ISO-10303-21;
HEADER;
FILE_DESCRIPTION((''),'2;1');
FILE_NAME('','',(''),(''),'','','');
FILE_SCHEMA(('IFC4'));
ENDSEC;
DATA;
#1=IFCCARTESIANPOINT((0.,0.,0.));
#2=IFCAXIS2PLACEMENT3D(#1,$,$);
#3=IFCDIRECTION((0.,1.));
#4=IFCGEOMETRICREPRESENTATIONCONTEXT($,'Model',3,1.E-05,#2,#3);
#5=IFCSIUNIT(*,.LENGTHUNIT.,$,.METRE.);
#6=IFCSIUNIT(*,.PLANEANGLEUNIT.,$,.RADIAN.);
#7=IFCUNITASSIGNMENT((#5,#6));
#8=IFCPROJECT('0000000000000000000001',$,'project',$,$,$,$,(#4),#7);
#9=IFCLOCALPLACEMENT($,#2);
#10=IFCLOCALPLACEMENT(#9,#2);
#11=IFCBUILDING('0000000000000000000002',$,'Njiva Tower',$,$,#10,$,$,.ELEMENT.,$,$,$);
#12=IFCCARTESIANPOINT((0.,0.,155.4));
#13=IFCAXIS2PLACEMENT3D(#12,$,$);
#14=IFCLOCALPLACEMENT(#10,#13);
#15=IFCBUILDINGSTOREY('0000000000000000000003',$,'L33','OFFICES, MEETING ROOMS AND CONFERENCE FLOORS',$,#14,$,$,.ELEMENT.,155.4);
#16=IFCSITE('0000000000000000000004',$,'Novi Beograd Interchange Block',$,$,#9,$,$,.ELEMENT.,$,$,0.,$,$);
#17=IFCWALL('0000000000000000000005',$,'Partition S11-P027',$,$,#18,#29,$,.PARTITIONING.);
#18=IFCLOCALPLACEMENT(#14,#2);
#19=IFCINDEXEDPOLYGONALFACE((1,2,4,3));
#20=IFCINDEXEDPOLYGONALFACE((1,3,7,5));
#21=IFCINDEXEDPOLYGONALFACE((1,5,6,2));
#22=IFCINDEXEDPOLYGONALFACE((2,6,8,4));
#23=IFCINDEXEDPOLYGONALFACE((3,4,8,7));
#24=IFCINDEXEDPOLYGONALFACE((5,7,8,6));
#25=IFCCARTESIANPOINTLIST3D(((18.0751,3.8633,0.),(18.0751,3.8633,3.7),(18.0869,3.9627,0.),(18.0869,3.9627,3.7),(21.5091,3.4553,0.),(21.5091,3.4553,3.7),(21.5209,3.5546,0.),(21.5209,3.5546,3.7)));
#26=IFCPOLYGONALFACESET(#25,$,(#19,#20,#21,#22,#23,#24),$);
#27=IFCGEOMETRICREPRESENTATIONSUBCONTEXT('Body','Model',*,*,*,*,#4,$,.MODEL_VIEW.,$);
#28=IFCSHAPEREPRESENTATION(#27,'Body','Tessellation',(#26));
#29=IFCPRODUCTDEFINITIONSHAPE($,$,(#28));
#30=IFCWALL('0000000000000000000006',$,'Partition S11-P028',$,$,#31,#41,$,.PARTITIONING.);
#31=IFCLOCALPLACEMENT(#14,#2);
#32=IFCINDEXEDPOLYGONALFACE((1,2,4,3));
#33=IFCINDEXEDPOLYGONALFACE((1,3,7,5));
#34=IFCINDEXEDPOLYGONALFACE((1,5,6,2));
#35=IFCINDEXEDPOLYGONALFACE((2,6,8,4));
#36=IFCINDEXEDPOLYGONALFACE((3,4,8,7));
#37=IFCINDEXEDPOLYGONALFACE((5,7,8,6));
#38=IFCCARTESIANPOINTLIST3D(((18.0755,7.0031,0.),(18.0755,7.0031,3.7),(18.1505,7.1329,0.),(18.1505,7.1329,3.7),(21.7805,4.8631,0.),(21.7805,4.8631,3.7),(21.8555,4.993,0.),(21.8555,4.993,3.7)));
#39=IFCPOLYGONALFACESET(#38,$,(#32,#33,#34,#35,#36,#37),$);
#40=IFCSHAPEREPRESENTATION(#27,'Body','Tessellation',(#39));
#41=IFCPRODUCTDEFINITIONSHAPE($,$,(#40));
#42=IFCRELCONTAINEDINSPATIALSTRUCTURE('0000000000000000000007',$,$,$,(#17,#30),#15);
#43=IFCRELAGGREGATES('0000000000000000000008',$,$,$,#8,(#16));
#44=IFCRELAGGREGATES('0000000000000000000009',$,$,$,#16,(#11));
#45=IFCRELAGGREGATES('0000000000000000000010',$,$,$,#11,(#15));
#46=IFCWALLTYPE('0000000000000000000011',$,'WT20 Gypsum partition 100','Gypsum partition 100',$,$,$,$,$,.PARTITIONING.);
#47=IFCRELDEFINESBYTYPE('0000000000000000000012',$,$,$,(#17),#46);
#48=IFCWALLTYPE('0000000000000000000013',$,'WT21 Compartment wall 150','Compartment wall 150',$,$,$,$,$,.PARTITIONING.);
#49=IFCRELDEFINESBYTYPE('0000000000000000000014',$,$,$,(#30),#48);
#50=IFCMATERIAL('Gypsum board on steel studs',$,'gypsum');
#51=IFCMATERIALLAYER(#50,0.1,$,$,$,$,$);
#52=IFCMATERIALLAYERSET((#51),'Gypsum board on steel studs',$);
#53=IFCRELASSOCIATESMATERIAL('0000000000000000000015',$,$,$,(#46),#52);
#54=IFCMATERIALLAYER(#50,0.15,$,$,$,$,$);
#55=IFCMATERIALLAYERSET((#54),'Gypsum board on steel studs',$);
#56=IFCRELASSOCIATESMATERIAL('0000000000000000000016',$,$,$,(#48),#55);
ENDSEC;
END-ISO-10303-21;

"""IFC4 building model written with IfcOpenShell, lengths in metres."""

from ifc_helpers import new_model, si_unit, direction, frame, frame_2d, origin, place, context, subcontext, project, spatial, rectangle, extrude, material, layer, layer_set, type_object, element, save


model = new_model("IFC4")

# Units and contexts
model_context = context("Model", 3, precision=1e-05, world=origin(), true_north=direction((0.0, 1.0)))
body_context = subcontext(model_context, "Body", "Model", "MODEL_VIEW")
ifc_project = project(units=[si_unit("LENGTHUNIT", "METRE"), si_unit("PLANEANGLEUNIT", "RADIAN")], contexts=[model_context])

# Site, building, storey
site_placement = place(None, origin())
site = spatial("IfcSite", under=ifc_project, at=site_placement, Name="Novi Beograd Interchange Block", CompositionType="ELEMENT", RefElevation=0.0)
building_placement = place(site_placement, origin())
building = spatial("IfcBuilding", under=site, at=building_placement, Name="Njiva Tower", CompositionType="ELEMENT")
storey_placement = place(building_placement, frame((0.0, 0.0, 155.4)))
storey = spatial("IfcBuildingStorey", under=building, at=storey_placement, Name="L33", Description="OFFICES, MEETING ROOMS AND CONFERENCE FLOORS", CompositionType="ELEMENT", Elevation=155.4)

# Walls
ifc_material_1 = material(Name="Gypsum board on steel studs", Category="gypsum")
ifc_layer_1 = layer(ifc_material_1, 0.1)
ifc_layer_set_1 = layer_set([ifc_layer_1], Name="Gypsum board on steel studs")
wall_type_1 = type_object("IfcWallType", Name="WT20 Gypsum partition 100", Description="Gypsum partition 100", PredefinedType="PARTITIONING", material=ifc_layer_set_1)
wall_1_placement = place(storey_placement, frame((18.081, 3.913, 0.0), z_axis=(0.0, 0.0, 1.0), x_axis=(0.993016, -0.117982, 0.0)))
element("IfcWall", 1, at=wall_1_placement, inside=storey, type_object=wall_type_1, Name="Partition S11-P027", PredefinedType="PARTITIONING", context=body_context, shape_type="SweptSolid", body=[
    extrude(rectangle(XDim=3.4582, YDim=0.1, at=frame_2d((1.7291, 0.0))), origin(), (0.0, 0.0, 1.0), 3.7),
])
ifc_layer_2 = layer(ifc_material_1, 0.15)
ifc_layer_set_2 = layer_set([ifc_layer_2], Name="Gypsum board on steel studs")
wall_type_2 = type_object("IfcWallType", Name="WT21 Compartment wall 150", Description="Compartment wall 150", PredefinedType="PARTITIONING", material=ifc_layer_set_2)
wall_2_placement = place(storey_placement, frame((18.113, 7.068, 0.0), z_axis=(0.0, 0.0, 1.0), x_axis=(0.865933, -0.500161, 0.0)))
element("IfcWall", 2, at=wall_2_placement, inside=storey, type_object=wall_type_2, Name="Partition S11-P028", PredefinedType="PARTITIONING", context=body_context, shape_type="SweptSolid", body=[
    extrude(rectangle(XDim=4.2786, YDim=0.15, at=frame_2d((2.1393, 0.0))), origin(), (0.0, 0.0, 1.0), 3.7),
])

save(model, "model.ifc")
